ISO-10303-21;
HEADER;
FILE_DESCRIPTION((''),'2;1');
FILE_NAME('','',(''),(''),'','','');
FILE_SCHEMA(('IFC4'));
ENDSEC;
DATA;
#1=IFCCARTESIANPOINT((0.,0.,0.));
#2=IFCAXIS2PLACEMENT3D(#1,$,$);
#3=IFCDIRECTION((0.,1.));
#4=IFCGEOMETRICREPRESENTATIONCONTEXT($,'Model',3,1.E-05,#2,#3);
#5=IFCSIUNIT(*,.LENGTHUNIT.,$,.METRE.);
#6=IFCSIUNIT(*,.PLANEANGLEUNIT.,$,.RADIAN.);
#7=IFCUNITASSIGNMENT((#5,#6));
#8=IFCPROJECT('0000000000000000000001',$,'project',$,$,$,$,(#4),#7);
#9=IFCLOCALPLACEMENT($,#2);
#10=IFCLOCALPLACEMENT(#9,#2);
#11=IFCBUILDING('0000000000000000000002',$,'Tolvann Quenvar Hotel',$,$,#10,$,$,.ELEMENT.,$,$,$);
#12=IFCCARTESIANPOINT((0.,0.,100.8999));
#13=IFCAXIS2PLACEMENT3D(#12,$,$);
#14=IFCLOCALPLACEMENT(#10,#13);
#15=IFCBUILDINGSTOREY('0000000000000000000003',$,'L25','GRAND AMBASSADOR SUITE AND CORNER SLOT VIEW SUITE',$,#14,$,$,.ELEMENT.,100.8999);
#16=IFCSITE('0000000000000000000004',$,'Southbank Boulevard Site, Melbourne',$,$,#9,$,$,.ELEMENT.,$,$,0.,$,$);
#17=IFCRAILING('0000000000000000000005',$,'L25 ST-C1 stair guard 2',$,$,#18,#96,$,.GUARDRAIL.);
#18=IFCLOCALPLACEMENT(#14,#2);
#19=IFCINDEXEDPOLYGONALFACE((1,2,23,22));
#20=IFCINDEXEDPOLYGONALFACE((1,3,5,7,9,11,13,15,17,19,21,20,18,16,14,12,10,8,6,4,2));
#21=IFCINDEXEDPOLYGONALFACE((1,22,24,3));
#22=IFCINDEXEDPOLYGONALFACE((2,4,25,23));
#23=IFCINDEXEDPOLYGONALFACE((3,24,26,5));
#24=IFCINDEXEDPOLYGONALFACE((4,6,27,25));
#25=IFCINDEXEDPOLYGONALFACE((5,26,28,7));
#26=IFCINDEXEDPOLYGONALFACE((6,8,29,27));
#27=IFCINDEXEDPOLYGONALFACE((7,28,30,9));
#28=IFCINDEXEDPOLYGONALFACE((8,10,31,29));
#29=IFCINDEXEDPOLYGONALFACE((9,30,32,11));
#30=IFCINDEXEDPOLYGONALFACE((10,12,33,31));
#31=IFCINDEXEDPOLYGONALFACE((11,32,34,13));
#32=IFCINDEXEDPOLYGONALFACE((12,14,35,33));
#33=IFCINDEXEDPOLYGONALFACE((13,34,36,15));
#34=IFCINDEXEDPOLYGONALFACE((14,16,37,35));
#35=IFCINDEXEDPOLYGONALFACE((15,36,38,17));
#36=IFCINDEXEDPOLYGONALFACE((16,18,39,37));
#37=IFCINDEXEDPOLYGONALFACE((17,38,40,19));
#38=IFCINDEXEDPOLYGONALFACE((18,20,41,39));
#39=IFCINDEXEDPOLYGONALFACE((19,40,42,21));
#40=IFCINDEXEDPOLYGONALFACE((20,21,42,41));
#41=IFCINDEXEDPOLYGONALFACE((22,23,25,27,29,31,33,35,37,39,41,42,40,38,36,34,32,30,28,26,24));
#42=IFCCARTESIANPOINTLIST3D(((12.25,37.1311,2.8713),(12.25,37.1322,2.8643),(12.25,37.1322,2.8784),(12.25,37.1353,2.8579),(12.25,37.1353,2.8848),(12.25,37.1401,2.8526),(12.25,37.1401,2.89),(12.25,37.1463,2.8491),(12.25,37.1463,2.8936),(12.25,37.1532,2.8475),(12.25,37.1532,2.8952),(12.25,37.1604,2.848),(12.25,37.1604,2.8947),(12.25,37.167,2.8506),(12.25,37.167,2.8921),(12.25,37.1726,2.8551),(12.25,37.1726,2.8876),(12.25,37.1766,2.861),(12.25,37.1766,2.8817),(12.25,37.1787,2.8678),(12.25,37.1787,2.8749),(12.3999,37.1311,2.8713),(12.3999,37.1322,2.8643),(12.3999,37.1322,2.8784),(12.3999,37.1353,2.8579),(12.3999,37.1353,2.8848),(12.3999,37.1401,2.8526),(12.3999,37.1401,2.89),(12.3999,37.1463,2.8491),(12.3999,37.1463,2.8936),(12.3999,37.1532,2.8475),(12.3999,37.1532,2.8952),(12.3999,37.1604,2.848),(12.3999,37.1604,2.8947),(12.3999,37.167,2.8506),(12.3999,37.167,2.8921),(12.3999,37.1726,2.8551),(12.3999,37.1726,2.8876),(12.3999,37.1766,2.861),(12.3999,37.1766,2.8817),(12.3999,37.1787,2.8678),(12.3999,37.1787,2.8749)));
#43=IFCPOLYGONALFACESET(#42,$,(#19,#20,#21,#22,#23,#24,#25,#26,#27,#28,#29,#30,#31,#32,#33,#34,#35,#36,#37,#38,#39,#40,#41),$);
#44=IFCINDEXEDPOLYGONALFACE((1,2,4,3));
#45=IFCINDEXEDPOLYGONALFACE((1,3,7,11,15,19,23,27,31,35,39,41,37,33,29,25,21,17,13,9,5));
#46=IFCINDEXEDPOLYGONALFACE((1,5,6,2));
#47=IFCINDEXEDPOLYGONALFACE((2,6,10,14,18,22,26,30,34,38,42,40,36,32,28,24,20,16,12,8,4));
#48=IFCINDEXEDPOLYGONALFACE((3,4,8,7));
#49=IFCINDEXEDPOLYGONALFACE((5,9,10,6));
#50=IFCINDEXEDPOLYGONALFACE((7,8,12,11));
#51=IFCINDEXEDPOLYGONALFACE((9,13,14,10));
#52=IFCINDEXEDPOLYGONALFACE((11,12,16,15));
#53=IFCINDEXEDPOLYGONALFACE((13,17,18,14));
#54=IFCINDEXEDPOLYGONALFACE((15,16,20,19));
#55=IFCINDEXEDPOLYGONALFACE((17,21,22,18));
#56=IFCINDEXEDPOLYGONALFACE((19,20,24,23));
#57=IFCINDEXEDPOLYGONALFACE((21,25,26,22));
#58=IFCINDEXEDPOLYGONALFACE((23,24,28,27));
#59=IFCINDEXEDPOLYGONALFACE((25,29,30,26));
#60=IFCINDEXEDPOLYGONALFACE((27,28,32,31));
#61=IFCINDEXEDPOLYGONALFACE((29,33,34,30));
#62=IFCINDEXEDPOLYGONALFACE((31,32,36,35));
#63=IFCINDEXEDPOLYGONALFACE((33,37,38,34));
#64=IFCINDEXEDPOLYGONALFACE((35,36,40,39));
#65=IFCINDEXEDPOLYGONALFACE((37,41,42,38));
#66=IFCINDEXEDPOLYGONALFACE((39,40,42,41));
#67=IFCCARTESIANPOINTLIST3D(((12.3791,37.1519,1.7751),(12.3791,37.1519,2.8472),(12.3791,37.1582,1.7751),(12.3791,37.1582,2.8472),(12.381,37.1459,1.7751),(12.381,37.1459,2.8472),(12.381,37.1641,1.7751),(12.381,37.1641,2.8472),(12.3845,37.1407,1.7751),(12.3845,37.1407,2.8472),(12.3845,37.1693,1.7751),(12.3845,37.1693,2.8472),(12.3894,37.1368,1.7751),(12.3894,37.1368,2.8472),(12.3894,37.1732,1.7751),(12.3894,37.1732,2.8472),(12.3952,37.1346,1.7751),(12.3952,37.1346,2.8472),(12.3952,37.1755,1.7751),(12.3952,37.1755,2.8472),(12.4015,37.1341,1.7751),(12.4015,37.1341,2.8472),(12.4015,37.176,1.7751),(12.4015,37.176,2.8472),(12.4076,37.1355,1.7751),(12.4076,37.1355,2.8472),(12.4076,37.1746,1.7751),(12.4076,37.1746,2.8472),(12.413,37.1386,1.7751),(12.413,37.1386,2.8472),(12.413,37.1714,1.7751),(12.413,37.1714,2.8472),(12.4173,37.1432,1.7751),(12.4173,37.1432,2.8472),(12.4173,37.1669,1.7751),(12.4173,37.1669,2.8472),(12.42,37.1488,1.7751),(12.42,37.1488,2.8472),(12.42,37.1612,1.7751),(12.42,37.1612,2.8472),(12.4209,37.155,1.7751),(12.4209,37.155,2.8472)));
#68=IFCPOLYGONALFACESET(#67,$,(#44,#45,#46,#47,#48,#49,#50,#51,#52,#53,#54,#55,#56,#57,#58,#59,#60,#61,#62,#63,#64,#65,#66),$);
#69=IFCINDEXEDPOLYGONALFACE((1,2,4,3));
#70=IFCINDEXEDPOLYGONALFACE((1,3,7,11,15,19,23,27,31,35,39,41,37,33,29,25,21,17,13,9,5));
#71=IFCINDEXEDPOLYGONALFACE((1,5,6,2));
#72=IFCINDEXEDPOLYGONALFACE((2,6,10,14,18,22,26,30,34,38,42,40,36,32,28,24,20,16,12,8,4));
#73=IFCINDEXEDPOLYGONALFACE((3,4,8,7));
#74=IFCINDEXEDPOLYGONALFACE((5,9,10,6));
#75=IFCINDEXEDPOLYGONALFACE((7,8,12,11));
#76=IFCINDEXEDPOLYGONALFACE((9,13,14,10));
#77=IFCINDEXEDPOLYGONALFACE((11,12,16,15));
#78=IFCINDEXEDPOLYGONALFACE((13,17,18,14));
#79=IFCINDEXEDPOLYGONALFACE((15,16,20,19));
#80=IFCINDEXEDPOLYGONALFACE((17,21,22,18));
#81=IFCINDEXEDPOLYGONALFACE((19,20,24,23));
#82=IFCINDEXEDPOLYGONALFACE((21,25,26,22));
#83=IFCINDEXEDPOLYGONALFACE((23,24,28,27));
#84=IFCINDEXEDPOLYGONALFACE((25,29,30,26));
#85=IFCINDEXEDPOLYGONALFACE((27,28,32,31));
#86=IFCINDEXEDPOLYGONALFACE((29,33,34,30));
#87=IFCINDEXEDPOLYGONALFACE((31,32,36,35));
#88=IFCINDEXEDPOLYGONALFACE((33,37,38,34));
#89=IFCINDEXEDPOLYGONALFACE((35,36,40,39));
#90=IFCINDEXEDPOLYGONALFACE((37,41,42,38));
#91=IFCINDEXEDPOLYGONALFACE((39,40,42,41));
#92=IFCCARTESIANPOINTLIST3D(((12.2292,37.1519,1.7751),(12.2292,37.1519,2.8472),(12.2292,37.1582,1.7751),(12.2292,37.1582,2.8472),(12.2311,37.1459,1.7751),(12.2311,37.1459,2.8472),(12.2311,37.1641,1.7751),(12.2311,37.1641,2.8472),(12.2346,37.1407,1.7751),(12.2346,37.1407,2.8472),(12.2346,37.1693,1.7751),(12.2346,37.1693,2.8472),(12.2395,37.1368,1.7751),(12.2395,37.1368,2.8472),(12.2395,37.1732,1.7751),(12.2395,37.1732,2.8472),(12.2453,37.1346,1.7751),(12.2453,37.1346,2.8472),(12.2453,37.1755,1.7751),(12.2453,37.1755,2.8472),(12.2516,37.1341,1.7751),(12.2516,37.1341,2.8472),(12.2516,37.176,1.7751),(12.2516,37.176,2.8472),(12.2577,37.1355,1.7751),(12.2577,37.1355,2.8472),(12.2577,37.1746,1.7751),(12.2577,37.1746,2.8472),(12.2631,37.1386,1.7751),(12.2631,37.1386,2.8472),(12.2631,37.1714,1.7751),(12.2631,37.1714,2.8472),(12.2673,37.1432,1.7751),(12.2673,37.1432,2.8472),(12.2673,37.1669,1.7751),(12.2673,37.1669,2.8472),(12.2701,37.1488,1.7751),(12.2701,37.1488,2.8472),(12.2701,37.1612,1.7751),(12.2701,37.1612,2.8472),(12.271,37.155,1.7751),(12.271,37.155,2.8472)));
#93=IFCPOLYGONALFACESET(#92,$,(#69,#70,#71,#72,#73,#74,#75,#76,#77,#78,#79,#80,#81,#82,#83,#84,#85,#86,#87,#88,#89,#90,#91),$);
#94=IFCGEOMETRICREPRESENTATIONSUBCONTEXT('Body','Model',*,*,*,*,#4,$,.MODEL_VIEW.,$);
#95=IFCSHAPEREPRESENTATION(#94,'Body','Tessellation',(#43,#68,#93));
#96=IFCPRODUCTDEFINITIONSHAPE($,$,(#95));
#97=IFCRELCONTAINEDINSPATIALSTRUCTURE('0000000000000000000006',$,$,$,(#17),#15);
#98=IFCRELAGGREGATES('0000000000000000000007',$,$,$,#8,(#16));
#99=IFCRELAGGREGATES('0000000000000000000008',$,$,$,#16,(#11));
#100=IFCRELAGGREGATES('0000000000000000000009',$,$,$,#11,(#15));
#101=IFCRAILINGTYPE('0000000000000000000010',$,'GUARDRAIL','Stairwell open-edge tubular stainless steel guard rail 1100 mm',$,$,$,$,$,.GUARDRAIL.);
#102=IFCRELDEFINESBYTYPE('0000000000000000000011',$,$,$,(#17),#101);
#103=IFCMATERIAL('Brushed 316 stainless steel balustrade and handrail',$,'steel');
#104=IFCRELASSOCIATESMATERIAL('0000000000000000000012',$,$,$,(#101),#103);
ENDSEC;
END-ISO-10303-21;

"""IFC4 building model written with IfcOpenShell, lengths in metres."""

from ifc_helpers import new_model, si_unit, direction, frame, origin, origin_2d, place, context, subcontext, project, spatial, circle, extrude, material, type_object, element, save


model = new_model("IFC4")

# Units and contexts
model_context = context("Model", 3, precision=1e-05, world=origin(), true_north=direction((0.0, 1.0)))
body_context = subcontext(model_context, "Body", "Model", "MODEL_VIEW")
ifc_project = project(units=[si_unit("LENGTHUNIT", "METRE"), si_unit("PLANEANGLEUNIT", "RADIAN")], contexts=[model_context])

# Site, building, storey
site_placement = place(None, origin())
site = spatial("IfcSite", under=ifc_project, at=site_placement, Name="Southbank Boulevard Site, Melbourne", CompositionType="ELEMENT", RefElevation=0.0)
building_placement = place(site_placement, origin())
building = spatial("IfcBuilding", under=site, at=building_placement, Name="Tolvann Quenvar Hotel", CompositionType="ELEMENT")
storey_placement = place(building_placement, frame((0.0, 0.0, 100.8999)))
storey = spatial("IfcBuildingStorey", under=building, at=storey_placement, Name="L25", Description="GRAND AMBASSADOR SUITE AND CORNER SLOT VIEW SUITE", CompositionType="ELEMENT", Elevation=100.8999)

# Railing
ifc_material_1 = material(Name="Brushed 316 stainless steel balustrade and handrail", Category="steel")
railing_type_1 = type_object("IfcRailingType", Name="GUARDRAIL", Description="Stairwell open-edge tubular stainless steel guard rail 1100 mm", PredefinedType="GUARDRAIL", material=ifc_material_1)
railing_1_placement = place(storey_placement, frame((12.3999, 37.155, 1.7751)))
element("IfcRailing", 1, at=railing_1_placement, inside=storey, type_object=railing_type_1, Name="L25 ST-C1 stair guard 2", PredefinedType="GUARDRAIL", context=body_context, shape_type="SweptSolid", body=[
    extrude(circle(Radius=0.0239, at=origin_2d()), frame((0.0, 0.0, 1.0962), z_axis=(-1.0, 0.0, 0.0), x_axis=(0.0, -1.0, 0.0)), (0.0, 0.0, 1.0), 0.1499),
    extrude(circle(Radius=0.021, at=origin_2d()), origin(), (0.0, 0.0, 1.0), 1.072),
    extrude(circle(Radius=0.021, at=origin_2d()), frame((-0.1499, 0.0, 0.0)), (0.0, 0.0, 1.0), 1.072),
])

save(model, "model.ifc")
